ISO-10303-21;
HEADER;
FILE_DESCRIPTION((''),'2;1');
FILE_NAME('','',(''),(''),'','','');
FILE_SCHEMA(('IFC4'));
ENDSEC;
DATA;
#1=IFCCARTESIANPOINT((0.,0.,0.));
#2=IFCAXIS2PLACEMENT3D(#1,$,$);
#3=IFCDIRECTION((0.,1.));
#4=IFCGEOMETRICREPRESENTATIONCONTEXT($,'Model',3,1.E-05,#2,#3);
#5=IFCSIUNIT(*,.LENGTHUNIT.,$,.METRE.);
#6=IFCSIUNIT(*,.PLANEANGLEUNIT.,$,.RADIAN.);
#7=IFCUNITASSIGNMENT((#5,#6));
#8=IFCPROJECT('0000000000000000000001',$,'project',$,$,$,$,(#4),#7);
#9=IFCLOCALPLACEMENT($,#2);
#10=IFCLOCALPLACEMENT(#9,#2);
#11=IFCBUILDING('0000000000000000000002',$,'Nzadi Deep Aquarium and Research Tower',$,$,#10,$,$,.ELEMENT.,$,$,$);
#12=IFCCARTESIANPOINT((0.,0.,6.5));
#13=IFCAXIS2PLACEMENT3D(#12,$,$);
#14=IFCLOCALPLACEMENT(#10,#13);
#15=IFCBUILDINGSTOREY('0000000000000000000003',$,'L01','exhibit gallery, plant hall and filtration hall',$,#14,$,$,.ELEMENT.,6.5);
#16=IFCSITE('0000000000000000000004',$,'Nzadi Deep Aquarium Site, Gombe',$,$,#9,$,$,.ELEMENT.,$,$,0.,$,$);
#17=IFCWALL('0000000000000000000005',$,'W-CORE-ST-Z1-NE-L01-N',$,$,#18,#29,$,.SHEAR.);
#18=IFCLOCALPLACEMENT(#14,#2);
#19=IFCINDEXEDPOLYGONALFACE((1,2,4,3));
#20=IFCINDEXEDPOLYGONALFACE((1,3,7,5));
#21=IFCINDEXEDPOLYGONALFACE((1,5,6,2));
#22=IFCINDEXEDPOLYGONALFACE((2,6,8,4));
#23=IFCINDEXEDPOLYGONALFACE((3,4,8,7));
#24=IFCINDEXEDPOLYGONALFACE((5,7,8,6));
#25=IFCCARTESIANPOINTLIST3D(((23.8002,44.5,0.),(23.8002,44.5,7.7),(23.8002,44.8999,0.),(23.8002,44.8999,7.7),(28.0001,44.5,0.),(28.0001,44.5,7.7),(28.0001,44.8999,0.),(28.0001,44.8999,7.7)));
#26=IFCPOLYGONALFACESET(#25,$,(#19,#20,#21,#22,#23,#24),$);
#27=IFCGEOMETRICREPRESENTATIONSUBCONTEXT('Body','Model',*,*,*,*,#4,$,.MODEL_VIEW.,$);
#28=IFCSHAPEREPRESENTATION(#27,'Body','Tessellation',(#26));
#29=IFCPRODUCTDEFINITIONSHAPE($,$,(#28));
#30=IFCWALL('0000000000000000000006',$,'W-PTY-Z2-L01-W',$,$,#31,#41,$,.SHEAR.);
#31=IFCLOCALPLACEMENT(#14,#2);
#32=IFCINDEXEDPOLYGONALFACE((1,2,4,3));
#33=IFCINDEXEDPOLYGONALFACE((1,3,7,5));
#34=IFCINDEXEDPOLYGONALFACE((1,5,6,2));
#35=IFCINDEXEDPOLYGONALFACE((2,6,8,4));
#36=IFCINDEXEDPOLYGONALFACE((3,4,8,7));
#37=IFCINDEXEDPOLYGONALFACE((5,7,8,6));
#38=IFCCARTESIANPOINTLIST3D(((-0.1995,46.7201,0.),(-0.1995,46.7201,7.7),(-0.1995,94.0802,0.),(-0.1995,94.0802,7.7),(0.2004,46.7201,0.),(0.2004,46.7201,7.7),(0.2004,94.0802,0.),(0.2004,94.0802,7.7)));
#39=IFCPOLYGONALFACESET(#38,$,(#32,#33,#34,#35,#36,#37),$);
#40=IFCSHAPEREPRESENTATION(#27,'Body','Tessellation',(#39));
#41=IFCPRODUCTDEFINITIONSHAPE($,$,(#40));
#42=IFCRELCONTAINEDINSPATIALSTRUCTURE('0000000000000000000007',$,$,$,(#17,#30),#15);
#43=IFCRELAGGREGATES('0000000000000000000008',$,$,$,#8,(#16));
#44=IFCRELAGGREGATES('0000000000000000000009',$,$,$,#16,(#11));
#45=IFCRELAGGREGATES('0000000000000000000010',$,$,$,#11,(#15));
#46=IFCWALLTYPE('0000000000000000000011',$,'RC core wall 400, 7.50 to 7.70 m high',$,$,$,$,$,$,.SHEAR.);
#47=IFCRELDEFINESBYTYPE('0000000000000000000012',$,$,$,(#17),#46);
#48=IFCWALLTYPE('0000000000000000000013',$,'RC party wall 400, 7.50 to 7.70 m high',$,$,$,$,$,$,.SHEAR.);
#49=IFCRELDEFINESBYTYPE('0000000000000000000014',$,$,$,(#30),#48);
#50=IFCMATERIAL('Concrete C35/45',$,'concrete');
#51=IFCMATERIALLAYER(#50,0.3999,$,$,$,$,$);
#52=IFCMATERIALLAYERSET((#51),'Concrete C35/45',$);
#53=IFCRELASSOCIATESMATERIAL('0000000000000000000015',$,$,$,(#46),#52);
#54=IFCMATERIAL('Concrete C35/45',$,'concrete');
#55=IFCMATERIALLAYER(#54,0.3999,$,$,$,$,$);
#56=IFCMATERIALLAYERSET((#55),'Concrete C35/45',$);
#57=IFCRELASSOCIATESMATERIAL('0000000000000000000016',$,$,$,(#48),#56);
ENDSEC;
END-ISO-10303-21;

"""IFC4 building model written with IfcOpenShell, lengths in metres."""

from ifc_helpers import new_model, si_unit, direction, frame, frame_2d, origin, place, context, subcontext, project, spatial, rectangle, extrude, material, layer, layer_set, type_object, element, save


model = new_model("IFC4")

# Units and contexts
model_context = context("Model", 3, precision=1e-05, world=origin(), true_north=direction((0.0, 1.0)))
body_context = subcontext(model_context, "Body", "Model", "MODEL_VIEW")
ifc_project = project(units=[si_unit("LENGTHUNIT", "METRE"), si_unit("PLANEANGLEUNIT", "RADIAN")], contexts=[model_context])

# Site, building, storey
site_placement = place(None, origin())
site = spatial("IfcSite", under=ifc_project, at=site_placement, Name="Nzadi Deep Aquarium Site, Gombe", CompositionType="ELEMENT", RefElevation=0.0)
building_placement = place(site_placement, origin())
building = spatial("IfcBuilding", under=site, at=building_placement, Name="Nzadi Deep Aquarium and Research Tower", CompositionType="ELEMENT")
storey_placement = place(building_placement, frame((0.0, 0.0, 6.5)))
storey = spatial("IfcBuildingStorey", under=building, at=storey_placement, Name="L01", Description="exhibit gallery, plant hall and filtration hall", CompositionType="ELEMENT", Elevation=6.5)

# Walls
ifc_material_1 = material(Name="Concrete C35/45", Category="concrete")
ifc_layer_1 = layer(ifc_material_1, 0.3999)
ifc_layer_set_1 = layer_set([ifc_layer_1], Name="Concrete C35/45")
wall_type_1 = type_object("IfcWallType", Name="RC core wall 400, 7.50 to 7.70 m high", PredefinedType="SHEAR", material=ifc_layer_set_1)
wall_1_placement = place(storey_placement, frame((23.8, 44.7, 0.0), z_axis=(0.0, 0.0, 1.0), x_axis=(1.0, 0.0, 0.0)))
element("IfcWall", 1, at=wall_1_placement, inside=storey, type_object=wall_type_1, Name="W-CORE-ST-Z1-NE-L01-N", PredefinedType="SHEAR", context=body_context, shape_type="SweptSolid", body=[
    extrude(rectangle(XDim=4.2, YDim=0.3999, at=frame_2d((2.1001, 0.0))), origin(), (0.0, 0.0, 1.0), 7.7),
])
ifc_material_2 = material(Name="Concrete C35/45", Category="concrete")
ifc_layer_2 = layer(ifc_material_2, 0.3999)
ifc_layer_set_2 = layer_set([ifc_layer_2], Name="Concrete C35/45")
wall_type_2 = type_object("IfcWallType", Name="RC party wall 400, 7.50 to 7.70 m high", PredefinedType="SHEAR", material=ifc_layer_set_2)
wall_2_placement = place(storey_placement, frame((0.0005, 46.72, 0.0), z_axis=(0.0, 0.0, 1.0), x_axis=(0.0, 1.0, 0.0)))
element("IfcWall", 2, at=wall_2_placement, inside=storey, type_object=wall_type_2, Name="W-PTY-Z2-L01-W", PredefinedType="SHEAR", context=body_context, shape_type="SweptSolid", body=[
    extrude(rectangle(XDim=47.3601, YDim=0.3999, at=frame_2d((23.6802, 0.0))), origin(), (0.0, 0.0, 1.0), 7.7),
])

save(model, "model.ifc")
